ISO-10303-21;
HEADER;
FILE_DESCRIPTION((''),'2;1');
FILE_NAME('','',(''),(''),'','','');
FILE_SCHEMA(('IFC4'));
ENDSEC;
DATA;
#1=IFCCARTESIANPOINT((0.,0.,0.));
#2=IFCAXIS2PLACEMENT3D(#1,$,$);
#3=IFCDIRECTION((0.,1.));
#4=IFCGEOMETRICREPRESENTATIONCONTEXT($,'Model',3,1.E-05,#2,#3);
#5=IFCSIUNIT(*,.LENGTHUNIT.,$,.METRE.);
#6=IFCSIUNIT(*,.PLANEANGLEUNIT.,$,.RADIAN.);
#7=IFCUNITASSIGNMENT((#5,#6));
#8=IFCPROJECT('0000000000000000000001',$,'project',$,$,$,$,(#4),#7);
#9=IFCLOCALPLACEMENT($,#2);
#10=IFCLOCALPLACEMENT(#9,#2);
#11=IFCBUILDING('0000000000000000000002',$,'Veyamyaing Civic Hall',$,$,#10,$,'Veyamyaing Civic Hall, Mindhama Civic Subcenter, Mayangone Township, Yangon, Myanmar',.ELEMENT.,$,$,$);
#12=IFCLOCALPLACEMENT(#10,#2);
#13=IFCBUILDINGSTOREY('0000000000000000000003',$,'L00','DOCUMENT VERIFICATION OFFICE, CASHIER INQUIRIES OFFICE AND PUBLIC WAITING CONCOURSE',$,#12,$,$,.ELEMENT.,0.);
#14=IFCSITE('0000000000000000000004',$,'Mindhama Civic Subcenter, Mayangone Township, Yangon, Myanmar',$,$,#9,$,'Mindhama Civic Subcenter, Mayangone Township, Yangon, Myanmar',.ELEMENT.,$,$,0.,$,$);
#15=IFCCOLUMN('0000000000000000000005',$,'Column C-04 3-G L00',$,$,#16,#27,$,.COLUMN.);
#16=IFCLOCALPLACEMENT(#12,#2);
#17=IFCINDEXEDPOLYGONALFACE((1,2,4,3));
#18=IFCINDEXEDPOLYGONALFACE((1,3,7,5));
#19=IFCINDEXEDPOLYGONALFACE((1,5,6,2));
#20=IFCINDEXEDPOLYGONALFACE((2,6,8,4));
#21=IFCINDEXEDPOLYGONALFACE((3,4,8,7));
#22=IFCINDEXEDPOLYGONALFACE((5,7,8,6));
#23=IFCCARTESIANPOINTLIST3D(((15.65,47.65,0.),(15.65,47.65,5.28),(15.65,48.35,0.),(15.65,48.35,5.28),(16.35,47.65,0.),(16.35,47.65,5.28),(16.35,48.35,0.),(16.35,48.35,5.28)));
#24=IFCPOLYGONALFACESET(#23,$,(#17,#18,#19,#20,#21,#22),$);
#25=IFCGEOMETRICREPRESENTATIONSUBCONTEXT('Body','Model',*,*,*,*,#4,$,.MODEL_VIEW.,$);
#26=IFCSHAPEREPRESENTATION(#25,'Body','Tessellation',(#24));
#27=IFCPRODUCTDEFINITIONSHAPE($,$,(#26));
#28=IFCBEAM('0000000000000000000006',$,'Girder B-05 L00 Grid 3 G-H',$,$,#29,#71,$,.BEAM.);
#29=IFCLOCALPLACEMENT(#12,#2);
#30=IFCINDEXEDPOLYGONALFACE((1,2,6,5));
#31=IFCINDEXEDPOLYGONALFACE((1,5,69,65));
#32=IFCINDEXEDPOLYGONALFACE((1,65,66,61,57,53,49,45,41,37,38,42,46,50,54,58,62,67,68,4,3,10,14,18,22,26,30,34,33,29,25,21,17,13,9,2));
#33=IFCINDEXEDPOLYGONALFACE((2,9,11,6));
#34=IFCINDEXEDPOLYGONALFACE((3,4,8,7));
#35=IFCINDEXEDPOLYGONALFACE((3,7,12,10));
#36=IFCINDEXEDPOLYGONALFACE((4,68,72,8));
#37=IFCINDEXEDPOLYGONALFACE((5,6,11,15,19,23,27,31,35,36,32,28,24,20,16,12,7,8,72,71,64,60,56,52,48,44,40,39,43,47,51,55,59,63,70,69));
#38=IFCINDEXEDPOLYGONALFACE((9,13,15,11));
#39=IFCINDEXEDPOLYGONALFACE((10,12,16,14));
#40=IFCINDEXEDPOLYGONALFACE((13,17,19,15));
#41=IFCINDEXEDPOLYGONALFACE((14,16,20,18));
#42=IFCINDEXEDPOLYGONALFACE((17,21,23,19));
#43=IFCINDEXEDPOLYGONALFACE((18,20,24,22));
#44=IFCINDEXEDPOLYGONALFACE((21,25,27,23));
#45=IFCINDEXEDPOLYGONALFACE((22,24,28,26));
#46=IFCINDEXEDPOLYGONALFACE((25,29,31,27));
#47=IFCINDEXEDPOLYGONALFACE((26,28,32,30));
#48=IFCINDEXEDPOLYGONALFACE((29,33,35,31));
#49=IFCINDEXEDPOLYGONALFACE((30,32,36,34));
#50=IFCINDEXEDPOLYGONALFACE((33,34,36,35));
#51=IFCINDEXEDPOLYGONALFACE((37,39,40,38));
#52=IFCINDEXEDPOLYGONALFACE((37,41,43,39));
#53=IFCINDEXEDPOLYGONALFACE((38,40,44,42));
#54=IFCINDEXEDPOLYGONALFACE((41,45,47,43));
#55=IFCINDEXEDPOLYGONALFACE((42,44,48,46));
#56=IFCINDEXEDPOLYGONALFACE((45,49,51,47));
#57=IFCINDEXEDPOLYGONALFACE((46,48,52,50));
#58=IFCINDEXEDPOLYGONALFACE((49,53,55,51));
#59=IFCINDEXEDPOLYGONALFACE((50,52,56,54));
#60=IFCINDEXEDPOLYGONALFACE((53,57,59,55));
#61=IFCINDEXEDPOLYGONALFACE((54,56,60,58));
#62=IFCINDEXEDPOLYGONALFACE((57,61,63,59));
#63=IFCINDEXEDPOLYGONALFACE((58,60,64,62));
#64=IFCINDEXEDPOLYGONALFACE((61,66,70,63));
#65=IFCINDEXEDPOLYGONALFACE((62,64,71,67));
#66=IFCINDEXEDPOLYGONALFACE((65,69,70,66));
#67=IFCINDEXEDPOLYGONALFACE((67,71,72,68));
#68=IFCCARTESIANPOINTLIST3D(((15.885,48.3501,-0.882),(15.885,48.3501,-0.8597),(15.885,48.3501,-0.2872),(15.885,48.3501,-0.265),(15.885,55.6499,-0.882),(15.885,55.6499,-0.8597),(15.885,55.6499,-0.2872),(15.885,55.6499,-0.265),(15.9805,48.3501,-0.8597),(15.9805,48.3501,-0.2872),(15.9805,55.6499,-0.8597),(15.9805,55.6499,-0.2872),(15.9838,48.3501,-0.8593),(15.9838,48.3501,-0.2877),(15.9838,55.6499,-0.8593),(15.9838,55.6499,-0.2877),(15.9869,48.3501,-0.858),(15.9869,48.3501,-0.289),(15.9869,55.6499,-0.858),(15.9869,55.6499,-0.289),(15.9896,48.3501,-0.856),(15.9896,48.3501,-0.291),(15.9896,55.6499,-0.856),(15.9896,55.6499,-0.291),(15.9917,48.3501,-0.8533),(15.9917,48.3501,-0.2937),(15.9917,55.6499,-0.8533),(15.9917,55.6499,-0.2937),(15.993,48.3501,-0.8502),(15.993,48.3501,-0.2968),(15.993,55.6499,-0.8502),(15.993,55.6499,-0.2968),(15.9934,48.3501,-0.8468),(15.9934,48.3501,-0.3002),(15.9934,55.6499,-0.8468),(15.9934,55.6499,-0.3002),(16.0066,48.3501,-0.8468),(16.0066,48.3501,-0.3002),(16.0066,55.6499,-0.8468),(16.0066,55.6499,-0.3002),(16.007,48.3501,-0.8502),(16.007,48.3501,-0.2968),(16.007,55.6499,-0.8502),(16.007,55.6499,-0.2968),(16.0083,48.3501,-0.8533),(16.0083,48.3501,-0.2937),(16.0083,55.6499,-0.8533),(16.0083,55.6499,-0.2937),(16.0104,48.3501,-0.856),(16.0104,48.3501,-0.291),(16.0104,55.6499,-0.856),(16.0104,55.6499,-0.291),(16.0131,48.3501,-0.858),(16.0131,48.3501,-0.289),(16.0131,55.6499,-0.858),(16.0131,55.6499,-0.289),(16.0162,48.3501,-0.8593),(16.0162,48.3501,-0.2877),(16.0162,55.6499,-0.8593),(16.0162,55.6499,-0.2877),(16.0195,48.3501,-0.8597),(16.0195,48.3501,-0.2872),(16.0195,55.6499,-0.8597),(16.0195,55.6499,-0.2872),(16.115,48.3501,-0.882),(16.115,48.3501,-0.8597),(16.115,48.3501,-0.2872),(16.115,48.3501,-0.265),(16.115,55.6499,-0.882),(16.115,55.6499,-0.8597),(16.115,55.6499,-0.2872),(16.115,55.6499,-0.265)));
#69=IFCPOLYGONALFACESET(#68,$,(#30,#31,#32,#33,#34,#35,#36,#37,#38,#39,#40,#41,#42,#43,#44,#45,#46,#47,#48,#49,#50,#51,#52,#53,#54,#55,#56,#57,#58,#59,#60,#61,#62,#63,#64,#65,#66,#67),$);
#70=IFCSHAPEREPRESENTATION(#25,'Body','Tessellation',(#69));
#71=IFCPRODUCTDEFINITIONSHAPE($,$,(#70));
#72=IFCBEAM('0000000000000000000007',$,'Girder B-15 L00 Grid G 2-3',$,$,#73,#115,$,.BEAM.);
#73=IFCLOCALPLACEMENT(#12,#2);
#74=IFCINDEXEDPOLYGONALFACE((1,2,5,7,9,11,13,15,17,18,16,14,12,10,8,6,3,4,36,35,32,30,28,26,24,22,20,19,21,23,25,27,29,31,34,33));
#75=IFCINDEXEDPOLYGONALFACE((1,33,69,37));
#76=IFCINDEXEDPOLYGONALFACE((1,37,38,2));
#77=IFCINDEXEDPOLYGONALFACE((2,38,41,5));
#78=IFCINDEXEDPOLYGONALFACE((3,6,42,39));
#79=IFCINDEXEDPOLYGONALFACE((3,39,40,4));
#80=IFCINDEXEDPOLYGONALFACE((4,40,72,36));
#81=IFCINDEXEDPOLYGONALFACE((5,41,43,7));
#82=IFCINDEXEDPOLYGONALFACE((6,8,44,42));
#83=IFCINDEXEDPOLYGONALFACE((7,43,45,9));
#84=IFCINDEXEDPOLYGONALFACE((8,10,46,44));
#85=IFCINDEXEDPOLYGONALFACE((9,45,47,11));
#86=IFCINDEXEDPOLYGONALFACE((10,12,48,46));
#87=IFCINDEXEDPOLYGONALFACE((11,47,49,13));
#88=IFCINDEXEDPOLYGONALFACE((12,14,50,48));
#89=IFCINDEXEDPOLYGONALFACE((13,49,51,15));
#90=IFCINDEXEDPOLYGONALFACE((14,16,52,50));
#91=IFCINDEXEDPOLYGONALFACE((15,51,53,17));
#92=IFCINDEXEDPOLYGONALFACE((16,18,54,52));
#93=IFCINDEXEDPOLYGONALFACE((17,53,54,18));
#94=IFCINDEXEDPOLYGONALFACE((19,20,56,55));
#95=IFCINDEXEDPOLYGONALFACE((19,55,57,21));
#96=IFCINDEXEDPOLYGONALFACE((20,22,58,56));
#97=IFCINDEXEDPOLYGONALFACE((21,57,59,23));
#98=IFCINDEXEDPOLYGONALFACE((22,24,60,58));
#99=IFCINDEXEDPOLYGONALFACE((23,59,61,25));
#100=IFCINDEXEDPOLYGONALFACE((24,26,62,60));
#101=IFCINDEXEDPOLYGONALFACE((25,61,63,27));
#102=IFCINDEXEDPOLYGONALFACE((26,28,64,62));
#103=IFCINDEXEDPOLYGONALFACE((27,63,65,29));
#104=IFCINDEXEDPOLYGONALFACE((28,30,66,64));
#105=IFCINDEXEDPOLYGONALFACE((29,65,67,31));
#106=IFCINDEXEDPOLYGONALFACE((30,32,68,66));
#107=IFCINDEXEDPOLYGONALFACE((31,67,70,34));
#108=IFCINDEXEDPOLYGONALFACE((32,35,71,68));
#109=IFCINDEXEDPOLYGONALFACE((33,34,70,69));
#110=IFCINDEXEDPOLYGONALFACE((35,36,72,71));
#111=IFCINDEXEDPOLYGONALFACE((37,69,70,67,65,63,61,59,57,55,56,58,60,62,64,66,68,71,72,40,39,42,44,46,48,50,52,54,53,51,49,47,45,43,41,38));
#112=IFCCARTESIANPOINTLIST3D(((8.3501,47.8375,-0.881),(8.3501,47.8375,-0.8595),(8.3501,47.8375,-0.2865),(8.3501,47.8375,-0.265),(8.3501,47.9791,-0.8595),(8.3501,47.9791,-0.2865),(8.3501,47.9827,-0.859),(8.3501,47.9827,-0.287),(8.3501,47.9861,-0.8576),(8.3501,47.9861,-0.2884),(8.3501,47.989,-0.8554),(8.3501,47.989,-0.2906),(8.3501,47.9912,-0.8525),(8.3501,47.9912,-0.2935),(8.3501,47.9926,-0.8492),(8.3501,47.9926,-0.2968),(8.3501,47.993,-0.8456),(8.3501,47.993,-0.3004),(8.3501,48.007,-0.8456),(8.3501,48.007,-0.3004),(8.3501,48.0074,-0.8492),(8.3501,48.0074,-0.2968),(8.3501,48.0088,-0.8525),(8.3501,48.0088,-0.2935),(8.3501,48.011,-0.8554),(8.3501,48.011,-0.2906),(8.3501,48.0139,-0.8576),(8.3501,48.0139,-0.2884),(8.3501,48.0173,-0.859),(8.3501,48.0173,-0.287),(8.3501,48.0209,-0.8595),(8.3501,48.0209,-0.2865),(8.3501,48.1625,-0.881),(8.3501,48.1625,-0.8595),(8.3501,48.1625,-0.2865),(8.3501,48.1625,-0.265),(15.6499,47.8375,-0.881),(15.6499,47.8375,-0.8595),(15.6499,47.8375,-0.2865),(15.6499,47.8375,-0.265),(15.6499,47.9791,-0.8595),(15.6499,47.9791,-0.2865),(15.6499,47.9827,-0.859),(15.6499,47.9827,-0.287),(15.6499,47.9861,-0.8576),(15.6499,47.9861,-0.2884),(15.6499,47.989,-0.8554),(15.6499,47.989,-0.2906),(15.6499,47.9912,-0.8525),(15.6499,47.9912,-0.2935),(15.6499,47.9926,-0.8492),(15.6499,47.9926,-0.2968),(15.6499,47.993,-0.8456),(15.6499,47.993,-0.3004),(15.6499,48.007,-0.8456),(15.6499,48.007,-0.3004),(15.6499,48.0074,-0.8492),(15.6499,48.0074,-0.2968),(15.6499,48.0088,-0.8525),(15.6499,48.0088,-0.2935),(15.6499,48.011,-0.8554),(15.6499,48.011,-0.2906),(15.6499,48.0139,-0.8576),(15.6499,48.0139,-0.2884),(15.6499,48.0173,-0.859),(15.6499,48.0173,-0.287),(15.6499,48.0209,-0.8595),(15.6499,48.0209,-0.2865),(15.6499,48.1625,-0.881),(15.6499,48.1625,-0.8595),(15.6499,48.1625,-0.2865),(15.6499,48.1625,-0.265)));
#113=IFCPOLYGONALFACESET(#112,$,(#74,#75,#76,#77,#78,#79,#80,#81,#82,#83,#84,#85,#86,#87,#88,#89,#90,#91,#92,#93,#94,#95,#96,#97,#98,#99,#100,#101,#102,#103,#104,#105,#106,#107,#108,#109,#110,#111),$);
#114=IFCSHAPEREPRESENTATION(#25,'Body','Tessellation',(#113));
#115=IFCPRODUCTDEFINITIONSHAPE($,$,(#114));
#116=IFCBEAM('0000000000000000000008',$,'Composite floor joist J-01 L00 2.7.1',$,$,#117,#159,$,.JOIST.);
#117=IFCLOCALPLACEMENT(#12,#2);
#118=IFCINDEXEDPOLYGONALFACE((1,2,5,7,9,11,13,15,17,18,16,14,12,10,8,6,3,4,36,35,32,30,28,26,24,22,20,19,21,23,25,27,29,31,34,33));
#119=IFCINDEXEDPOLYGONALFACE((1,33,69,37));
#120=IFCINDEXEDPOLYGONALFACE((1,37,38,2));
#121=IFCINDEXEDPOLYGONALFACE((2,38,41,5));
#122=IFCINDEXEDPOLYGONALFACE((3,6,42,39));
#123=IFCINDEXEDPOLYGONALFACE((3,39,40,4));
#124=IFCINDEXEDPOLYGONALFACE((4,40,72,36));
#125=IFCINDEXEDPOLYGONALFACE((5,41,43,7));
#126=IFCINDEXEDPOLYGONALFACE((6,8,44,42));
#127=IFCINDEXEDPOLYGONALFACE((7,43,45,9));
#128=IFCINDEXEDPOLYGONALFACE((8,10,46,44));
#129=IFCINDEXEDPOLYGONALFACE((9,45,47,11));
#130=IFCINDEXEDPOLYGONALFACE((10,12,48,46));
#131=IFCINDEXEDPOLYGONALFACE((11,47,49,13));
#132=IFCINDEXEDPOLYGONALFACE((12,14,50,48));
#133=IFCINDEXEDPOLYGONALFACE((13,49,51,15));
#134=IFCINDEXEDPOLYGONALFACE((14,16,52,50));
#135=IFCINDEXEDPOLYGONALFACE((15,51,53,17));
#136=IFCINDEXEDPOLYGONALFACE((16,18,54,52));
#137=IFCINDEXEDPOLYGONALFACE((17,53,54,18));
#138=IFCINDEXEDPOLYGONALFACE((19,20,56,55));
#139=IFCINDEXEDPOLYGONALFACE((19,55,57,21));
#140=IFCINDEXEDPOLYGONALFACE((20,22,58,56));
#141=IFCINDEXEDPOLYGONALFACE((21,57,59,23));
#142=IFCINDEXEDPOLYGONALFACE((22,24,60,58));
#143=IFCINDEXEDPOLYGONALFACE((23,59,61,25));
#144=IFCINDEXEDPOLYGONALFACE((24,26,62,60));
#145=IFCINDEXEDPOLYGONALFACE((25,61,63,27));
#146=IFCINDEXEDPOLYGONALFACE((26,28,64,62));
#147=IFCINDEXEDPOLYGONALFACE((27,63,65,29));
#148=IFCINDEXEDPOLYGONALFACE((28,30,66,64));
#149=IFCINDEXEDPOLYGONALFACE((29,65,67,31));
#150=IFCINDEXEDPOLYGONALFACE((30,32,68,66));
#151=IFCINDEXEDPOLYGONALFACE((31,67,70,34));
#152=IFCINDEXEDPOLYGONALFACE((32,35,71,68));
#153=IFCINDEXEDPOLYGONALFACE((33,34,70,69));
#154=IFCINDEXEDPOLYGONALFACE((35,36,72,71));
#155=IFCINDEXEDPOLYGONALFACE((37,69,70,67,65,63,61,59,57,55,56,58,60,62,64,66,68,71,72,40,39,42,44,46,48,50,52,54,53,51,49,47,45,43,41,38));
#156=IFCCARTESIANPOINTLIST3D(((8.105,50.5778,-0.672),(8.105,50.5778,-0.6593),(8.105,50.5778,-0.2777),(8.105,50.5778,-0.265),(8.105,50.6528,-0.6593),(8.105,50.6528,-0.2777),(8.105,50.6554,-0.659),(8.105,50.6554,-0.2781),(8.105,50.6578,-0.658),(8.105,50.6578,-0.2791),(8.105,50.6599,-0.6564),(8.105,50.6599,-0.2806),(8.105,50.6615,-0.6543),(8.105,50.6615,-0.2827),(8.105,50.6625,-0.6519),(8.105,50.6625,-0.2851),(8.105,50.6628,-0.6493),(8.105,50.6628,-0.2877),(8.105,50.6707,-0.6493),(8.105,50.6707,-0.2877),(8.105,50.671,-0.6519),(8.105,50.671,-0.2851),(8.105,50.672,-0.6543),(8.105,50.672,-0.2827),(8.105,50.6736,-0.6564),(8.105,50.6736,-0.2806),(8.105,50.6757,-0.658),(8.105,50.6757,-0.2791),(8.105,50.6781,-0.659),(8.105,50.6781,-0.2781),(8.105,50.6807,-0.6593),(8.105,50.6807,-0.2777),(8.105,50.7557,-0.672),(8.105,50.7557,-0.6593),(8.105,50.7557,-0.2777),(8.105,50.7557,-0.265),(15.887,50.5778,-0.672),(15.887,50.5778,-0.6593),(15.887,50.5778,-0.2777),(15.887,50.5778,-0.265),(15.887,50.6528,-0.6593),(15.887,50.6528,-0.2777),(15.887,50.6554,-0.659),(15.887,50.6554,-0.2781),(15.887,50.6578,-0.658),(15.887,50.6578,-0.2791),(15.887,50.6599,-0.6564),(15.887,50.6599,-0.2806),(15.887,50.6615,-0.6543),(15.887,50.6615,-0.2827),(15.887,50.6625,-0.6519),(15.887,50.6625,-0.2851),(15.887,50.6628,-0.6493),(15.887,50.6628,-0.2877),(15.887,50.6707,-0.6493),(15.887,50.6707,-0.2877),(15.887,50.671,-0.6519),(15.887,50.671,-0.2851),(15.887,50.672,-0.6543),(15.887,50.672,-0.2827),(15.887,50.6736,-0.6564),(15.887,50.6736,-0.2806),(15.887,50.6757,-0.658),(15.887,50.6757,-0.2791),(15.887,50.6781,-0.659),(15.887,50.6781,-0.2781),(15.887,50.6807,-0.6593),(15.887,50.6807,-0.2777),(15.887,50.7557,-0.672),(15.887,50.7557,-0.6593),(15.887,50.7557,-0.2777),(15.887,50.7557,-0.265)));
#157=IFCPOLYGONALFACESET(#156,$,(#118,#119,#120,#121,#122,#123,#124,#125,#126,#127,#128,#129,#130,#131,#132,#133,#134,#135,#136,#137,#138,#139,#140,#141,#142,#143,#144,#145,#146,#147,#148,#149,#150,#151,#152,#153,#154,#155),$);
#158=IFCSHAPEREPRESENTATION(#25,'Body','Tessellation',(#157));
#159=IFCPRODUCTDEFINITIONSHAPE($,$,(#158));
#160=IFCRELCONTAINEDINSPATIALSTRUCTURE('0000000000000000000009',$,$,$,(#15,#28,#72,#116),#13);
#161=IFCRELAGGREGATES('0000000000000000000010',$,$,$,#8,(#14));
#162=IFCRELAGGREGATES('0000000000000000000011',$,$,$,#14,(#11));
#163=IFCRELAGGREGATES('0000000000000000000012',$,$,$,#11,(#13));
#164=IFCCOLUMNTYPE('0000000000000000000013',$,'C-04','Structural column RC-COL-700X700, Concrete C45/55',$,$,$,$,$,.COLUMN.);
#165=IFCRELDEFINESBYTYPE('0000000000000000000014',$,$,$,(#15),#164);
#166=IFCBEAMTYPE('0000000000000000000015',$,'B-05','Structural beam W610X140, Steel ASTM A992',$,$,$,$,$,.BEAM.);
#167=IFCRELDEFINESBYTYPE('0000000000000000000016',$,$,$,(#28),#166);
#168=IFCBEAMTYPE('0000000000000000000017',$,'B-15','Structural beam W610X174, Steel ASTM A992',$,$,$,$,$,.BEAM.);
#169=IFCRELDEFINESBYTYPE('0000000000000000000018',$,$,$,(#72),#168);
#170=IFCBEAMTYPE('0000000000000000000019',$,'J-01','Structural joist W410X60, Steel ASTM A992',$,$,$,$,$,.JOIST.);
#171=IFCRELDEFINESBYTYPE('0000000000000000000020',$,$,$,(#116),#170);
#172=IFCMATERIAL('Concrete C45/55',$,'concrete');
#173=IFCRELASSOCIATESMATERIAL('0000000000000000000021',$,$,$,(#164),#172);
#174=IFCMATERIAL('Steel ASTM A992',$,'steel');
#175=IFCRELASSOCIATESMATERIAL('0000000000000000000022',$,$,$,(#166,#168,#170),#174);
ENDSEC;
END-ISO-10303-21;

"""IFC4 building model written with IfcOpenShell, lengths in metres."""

from ifc_helpers import new_model, si_unit, direction, frame, origin, origin_2d, place, context, subcontext, project, spatial, rectangle, i_section, extrude, material, material_profile, profile_set, type_object, element, save


model = new_model("IFC4")

# Units and contexts
model_context = context("Model", 3, precision=1e-05, world=origin(), true_north=direction((0.0, 1.0)))
body_context = subcontext(model_context, "Body", "Model", "MODEL_VIEW")
ifc_project = project(units=[si_unit("LENGTHUNIT", "METRE"), si_unit("PLANEANGLEUNIT", "RADIAN")], contexts=[model_context])

# Site, building, storey
site_placement = place(None, origin())
site = spatial("IfcSite", under=ifc_project, at=site_placement, Name="Mindhama Civic Subcenter, Mayangone Township, Yangon, Myanmar", LongName="Mindhama Civic Subcenter, Mayangone Township, Yangon, Myanmar", CompositionType="ELEMENT", RefElevation=0.0)
building_placement = place(site_placement, origin())
building = spatial("IfcBuilding", under=site, at=building_placement, Name="Veyamyaing Civic Hall", LongName="Veyamyaing Civic Hall, Mindhama Civic Subcenter, Mayangone Township, Yangon, Myanmar", CompositionType="ELEMENT")
storey_placement = place(building_placement, origin())
storey = spatial("IfcBuildingStorey", under=building, at=storey_placement, Name="L00", Description="DOCUMENT VERIFICATION OFFICE, CASHIER INQUIRIES OFFICE AND PUBLIC WAITING CONCOURSE", CompositionType="ELEMENT", Elevation=0.0)

# Column
ifc_material_1 = material(Name="Concrete C45/55", Category="concrete")
ifc_material_profile_1 = material_profile(ifc_material_1, rectangle(XDim=0.7, YDim=0.7, at=origin_2d()), Name="RC-COL-700X700")
ifc_profile_set_1 = profile_set([ifc_material_profile_1], Name="Concrete C45/55")
column_type = type_object("IfcColumnType", Name="C-04", Description="Structural column RC-COL-700X700, Concrete C45/55", PredefinedType="COLUMN", material=ifc_profile_set_1)
column_placement = place(storey_placement, frame((16.0, 48.0, 0.0), z_axis=(0.0, 0.0, 1.0), x_axis=(1.0, 0.0, 0.0)))
element("IfcColumn", 1, at=column_placement, inside=storey, type_object=column_type, Name="Column C-04 3-G L00", PredefinedType="COLUMN", context=body_context, shape_type="SweptSolid", body=[
    extrude(rectangle(XDim=0.7, YDim=0.7, at=origin_2d()), origin(), (0.0, 0.0, 1.0), 5.28),
])

# Beams
ifc_material_2 = material(Name="Steel ASTM A992", Category="steel")
ifc_material_profile_2 = material_profile(ifc_material_2, i_section(OverallWidth=0.23, OverallDepth=0.6169, WebThickness=0.0132, FlangeThickness=0.0222, FilletRadius=0.0129, at=origin_2d()), Name="W610X140")
ifc_profile_set_2 = profile_set([ifc_material_profile_2], Name="Steel ASTM A992")
beam_type_1 = type_object("IfcBeamType", Name="B-05", Description="Structural beam W610X140, Steel ASTM A992", PredefinedType="BEAM", material=ifc_profile_set_2)
beam_1_placement = place(storey_placement, frame((16.0, 48.3501, -0.5735), z_axis=(0.0, 1.0, 0.0), x_axis=(-1.0, 0.0, 0.0)))
element("IfcBeam", 2, at=beam_1_placement, inside=storey, type_object=beam_type_1, Name="Girder B-05 L00 Grid 3 G-H", PredefinedType="BEAM", context=body_context, shape_type="SweptSolid", body=[
    extrude(i_section(OverallWidth=0.23, OverallDepth=0.6169, WebThickness=0.0132, FlangeThickness=0.0222, FilletRadius=0.0129, at=origin_2d()), origin(), (0.0, 0.0, 1.0), 7.2998),
])
ifc_material_profile_3 = material_profile(ifc_material_2, i_section(OverallWidth=0.325, OverallDepth=0.616, WebThickness=0.0139, FlangeThickness=0.0215, FilletRadius=0.0139, at=origin_2d()), Name="W610X174")
ifc_profile_set_3 = profile_set([ifc_material_profile_3], Name="Steel ASTM A992")
beam_type_2 = type_object("IfcBeamType", Name="B-15", Description="Structural beam W610X174, Steel ASTM A992", PredefinedType="BEAM", material=ifc_profile_set_3)
beam_2_placement = place(storey_placement, frame((8.3501, 48.0, -0.573), z_axis=(1.0, 0.0, 0.0), x_axis=(0.0, 1.0, 0.0)))
element("IfcBeam", 3, at=beam_2_placement, inside=storey, type_object=beam_type_2, Name="Girder B-15 L00 Grid G 2-3", PredefinedType="BEAM", context=body_context, shape_type="SweptSolid", body=[
    extrude(i_section(OverallWidth=0.325, OverallDepth=0.616, WebThickness=0.0139, FlangeThickness=0.0215, FilletRadius=0.0139, at=origin_2d()), origin(), (0.0, 0.0, 1.0), 7.2998),
])
ifc_material_profile_4 = material_profile(ifc_material_2, i_section(OverallWidth=0.178, OverallDepth=0.407, WebThickness=0.0078, FlangeThickness=0.0127, FilletRadius=0.01, at=origin_2d()), Name="W410X60")
ifc_profile_set_4 = profile_set([ifc_material_profile_4], Name="Steel ASTM A992")
beam_type_3 = type_object("IfcBeamType", Name="J-01", Description="Structural joist W410X60, Steel ASTM A992", PredefinedType="JOIST", material=ifc_profile_set_4)
for number, where, z_axis, x_axis, name in (
    (4, (8.105, 50.6667, -0.4685), (1.0, 0.0, 0.0), (0.0, 1.0, 0.0), "Composite floor joist J-01 L00 2.7.1"),
):
    element("IfcBeam", number, at=place(storey_placement, frame(where, z_axis=z_axis, x_axis=x_axis)), inside=storey, type_object=beam_type_3, Name=name, PredefinedType="JOIST", context=body_context, shape_type="SweptSolid", body=[
        extrude(i_section(OverallWidth=0.178, OverallDepth=0.407, WebThickness=0.0078, FlangeThickness=0.0127, FilletRadius=0.01, at=origin_2d()), origin(), (0.0, 0.0, 1.0), 7.782),
    ])

save(model, "model.ifc")
